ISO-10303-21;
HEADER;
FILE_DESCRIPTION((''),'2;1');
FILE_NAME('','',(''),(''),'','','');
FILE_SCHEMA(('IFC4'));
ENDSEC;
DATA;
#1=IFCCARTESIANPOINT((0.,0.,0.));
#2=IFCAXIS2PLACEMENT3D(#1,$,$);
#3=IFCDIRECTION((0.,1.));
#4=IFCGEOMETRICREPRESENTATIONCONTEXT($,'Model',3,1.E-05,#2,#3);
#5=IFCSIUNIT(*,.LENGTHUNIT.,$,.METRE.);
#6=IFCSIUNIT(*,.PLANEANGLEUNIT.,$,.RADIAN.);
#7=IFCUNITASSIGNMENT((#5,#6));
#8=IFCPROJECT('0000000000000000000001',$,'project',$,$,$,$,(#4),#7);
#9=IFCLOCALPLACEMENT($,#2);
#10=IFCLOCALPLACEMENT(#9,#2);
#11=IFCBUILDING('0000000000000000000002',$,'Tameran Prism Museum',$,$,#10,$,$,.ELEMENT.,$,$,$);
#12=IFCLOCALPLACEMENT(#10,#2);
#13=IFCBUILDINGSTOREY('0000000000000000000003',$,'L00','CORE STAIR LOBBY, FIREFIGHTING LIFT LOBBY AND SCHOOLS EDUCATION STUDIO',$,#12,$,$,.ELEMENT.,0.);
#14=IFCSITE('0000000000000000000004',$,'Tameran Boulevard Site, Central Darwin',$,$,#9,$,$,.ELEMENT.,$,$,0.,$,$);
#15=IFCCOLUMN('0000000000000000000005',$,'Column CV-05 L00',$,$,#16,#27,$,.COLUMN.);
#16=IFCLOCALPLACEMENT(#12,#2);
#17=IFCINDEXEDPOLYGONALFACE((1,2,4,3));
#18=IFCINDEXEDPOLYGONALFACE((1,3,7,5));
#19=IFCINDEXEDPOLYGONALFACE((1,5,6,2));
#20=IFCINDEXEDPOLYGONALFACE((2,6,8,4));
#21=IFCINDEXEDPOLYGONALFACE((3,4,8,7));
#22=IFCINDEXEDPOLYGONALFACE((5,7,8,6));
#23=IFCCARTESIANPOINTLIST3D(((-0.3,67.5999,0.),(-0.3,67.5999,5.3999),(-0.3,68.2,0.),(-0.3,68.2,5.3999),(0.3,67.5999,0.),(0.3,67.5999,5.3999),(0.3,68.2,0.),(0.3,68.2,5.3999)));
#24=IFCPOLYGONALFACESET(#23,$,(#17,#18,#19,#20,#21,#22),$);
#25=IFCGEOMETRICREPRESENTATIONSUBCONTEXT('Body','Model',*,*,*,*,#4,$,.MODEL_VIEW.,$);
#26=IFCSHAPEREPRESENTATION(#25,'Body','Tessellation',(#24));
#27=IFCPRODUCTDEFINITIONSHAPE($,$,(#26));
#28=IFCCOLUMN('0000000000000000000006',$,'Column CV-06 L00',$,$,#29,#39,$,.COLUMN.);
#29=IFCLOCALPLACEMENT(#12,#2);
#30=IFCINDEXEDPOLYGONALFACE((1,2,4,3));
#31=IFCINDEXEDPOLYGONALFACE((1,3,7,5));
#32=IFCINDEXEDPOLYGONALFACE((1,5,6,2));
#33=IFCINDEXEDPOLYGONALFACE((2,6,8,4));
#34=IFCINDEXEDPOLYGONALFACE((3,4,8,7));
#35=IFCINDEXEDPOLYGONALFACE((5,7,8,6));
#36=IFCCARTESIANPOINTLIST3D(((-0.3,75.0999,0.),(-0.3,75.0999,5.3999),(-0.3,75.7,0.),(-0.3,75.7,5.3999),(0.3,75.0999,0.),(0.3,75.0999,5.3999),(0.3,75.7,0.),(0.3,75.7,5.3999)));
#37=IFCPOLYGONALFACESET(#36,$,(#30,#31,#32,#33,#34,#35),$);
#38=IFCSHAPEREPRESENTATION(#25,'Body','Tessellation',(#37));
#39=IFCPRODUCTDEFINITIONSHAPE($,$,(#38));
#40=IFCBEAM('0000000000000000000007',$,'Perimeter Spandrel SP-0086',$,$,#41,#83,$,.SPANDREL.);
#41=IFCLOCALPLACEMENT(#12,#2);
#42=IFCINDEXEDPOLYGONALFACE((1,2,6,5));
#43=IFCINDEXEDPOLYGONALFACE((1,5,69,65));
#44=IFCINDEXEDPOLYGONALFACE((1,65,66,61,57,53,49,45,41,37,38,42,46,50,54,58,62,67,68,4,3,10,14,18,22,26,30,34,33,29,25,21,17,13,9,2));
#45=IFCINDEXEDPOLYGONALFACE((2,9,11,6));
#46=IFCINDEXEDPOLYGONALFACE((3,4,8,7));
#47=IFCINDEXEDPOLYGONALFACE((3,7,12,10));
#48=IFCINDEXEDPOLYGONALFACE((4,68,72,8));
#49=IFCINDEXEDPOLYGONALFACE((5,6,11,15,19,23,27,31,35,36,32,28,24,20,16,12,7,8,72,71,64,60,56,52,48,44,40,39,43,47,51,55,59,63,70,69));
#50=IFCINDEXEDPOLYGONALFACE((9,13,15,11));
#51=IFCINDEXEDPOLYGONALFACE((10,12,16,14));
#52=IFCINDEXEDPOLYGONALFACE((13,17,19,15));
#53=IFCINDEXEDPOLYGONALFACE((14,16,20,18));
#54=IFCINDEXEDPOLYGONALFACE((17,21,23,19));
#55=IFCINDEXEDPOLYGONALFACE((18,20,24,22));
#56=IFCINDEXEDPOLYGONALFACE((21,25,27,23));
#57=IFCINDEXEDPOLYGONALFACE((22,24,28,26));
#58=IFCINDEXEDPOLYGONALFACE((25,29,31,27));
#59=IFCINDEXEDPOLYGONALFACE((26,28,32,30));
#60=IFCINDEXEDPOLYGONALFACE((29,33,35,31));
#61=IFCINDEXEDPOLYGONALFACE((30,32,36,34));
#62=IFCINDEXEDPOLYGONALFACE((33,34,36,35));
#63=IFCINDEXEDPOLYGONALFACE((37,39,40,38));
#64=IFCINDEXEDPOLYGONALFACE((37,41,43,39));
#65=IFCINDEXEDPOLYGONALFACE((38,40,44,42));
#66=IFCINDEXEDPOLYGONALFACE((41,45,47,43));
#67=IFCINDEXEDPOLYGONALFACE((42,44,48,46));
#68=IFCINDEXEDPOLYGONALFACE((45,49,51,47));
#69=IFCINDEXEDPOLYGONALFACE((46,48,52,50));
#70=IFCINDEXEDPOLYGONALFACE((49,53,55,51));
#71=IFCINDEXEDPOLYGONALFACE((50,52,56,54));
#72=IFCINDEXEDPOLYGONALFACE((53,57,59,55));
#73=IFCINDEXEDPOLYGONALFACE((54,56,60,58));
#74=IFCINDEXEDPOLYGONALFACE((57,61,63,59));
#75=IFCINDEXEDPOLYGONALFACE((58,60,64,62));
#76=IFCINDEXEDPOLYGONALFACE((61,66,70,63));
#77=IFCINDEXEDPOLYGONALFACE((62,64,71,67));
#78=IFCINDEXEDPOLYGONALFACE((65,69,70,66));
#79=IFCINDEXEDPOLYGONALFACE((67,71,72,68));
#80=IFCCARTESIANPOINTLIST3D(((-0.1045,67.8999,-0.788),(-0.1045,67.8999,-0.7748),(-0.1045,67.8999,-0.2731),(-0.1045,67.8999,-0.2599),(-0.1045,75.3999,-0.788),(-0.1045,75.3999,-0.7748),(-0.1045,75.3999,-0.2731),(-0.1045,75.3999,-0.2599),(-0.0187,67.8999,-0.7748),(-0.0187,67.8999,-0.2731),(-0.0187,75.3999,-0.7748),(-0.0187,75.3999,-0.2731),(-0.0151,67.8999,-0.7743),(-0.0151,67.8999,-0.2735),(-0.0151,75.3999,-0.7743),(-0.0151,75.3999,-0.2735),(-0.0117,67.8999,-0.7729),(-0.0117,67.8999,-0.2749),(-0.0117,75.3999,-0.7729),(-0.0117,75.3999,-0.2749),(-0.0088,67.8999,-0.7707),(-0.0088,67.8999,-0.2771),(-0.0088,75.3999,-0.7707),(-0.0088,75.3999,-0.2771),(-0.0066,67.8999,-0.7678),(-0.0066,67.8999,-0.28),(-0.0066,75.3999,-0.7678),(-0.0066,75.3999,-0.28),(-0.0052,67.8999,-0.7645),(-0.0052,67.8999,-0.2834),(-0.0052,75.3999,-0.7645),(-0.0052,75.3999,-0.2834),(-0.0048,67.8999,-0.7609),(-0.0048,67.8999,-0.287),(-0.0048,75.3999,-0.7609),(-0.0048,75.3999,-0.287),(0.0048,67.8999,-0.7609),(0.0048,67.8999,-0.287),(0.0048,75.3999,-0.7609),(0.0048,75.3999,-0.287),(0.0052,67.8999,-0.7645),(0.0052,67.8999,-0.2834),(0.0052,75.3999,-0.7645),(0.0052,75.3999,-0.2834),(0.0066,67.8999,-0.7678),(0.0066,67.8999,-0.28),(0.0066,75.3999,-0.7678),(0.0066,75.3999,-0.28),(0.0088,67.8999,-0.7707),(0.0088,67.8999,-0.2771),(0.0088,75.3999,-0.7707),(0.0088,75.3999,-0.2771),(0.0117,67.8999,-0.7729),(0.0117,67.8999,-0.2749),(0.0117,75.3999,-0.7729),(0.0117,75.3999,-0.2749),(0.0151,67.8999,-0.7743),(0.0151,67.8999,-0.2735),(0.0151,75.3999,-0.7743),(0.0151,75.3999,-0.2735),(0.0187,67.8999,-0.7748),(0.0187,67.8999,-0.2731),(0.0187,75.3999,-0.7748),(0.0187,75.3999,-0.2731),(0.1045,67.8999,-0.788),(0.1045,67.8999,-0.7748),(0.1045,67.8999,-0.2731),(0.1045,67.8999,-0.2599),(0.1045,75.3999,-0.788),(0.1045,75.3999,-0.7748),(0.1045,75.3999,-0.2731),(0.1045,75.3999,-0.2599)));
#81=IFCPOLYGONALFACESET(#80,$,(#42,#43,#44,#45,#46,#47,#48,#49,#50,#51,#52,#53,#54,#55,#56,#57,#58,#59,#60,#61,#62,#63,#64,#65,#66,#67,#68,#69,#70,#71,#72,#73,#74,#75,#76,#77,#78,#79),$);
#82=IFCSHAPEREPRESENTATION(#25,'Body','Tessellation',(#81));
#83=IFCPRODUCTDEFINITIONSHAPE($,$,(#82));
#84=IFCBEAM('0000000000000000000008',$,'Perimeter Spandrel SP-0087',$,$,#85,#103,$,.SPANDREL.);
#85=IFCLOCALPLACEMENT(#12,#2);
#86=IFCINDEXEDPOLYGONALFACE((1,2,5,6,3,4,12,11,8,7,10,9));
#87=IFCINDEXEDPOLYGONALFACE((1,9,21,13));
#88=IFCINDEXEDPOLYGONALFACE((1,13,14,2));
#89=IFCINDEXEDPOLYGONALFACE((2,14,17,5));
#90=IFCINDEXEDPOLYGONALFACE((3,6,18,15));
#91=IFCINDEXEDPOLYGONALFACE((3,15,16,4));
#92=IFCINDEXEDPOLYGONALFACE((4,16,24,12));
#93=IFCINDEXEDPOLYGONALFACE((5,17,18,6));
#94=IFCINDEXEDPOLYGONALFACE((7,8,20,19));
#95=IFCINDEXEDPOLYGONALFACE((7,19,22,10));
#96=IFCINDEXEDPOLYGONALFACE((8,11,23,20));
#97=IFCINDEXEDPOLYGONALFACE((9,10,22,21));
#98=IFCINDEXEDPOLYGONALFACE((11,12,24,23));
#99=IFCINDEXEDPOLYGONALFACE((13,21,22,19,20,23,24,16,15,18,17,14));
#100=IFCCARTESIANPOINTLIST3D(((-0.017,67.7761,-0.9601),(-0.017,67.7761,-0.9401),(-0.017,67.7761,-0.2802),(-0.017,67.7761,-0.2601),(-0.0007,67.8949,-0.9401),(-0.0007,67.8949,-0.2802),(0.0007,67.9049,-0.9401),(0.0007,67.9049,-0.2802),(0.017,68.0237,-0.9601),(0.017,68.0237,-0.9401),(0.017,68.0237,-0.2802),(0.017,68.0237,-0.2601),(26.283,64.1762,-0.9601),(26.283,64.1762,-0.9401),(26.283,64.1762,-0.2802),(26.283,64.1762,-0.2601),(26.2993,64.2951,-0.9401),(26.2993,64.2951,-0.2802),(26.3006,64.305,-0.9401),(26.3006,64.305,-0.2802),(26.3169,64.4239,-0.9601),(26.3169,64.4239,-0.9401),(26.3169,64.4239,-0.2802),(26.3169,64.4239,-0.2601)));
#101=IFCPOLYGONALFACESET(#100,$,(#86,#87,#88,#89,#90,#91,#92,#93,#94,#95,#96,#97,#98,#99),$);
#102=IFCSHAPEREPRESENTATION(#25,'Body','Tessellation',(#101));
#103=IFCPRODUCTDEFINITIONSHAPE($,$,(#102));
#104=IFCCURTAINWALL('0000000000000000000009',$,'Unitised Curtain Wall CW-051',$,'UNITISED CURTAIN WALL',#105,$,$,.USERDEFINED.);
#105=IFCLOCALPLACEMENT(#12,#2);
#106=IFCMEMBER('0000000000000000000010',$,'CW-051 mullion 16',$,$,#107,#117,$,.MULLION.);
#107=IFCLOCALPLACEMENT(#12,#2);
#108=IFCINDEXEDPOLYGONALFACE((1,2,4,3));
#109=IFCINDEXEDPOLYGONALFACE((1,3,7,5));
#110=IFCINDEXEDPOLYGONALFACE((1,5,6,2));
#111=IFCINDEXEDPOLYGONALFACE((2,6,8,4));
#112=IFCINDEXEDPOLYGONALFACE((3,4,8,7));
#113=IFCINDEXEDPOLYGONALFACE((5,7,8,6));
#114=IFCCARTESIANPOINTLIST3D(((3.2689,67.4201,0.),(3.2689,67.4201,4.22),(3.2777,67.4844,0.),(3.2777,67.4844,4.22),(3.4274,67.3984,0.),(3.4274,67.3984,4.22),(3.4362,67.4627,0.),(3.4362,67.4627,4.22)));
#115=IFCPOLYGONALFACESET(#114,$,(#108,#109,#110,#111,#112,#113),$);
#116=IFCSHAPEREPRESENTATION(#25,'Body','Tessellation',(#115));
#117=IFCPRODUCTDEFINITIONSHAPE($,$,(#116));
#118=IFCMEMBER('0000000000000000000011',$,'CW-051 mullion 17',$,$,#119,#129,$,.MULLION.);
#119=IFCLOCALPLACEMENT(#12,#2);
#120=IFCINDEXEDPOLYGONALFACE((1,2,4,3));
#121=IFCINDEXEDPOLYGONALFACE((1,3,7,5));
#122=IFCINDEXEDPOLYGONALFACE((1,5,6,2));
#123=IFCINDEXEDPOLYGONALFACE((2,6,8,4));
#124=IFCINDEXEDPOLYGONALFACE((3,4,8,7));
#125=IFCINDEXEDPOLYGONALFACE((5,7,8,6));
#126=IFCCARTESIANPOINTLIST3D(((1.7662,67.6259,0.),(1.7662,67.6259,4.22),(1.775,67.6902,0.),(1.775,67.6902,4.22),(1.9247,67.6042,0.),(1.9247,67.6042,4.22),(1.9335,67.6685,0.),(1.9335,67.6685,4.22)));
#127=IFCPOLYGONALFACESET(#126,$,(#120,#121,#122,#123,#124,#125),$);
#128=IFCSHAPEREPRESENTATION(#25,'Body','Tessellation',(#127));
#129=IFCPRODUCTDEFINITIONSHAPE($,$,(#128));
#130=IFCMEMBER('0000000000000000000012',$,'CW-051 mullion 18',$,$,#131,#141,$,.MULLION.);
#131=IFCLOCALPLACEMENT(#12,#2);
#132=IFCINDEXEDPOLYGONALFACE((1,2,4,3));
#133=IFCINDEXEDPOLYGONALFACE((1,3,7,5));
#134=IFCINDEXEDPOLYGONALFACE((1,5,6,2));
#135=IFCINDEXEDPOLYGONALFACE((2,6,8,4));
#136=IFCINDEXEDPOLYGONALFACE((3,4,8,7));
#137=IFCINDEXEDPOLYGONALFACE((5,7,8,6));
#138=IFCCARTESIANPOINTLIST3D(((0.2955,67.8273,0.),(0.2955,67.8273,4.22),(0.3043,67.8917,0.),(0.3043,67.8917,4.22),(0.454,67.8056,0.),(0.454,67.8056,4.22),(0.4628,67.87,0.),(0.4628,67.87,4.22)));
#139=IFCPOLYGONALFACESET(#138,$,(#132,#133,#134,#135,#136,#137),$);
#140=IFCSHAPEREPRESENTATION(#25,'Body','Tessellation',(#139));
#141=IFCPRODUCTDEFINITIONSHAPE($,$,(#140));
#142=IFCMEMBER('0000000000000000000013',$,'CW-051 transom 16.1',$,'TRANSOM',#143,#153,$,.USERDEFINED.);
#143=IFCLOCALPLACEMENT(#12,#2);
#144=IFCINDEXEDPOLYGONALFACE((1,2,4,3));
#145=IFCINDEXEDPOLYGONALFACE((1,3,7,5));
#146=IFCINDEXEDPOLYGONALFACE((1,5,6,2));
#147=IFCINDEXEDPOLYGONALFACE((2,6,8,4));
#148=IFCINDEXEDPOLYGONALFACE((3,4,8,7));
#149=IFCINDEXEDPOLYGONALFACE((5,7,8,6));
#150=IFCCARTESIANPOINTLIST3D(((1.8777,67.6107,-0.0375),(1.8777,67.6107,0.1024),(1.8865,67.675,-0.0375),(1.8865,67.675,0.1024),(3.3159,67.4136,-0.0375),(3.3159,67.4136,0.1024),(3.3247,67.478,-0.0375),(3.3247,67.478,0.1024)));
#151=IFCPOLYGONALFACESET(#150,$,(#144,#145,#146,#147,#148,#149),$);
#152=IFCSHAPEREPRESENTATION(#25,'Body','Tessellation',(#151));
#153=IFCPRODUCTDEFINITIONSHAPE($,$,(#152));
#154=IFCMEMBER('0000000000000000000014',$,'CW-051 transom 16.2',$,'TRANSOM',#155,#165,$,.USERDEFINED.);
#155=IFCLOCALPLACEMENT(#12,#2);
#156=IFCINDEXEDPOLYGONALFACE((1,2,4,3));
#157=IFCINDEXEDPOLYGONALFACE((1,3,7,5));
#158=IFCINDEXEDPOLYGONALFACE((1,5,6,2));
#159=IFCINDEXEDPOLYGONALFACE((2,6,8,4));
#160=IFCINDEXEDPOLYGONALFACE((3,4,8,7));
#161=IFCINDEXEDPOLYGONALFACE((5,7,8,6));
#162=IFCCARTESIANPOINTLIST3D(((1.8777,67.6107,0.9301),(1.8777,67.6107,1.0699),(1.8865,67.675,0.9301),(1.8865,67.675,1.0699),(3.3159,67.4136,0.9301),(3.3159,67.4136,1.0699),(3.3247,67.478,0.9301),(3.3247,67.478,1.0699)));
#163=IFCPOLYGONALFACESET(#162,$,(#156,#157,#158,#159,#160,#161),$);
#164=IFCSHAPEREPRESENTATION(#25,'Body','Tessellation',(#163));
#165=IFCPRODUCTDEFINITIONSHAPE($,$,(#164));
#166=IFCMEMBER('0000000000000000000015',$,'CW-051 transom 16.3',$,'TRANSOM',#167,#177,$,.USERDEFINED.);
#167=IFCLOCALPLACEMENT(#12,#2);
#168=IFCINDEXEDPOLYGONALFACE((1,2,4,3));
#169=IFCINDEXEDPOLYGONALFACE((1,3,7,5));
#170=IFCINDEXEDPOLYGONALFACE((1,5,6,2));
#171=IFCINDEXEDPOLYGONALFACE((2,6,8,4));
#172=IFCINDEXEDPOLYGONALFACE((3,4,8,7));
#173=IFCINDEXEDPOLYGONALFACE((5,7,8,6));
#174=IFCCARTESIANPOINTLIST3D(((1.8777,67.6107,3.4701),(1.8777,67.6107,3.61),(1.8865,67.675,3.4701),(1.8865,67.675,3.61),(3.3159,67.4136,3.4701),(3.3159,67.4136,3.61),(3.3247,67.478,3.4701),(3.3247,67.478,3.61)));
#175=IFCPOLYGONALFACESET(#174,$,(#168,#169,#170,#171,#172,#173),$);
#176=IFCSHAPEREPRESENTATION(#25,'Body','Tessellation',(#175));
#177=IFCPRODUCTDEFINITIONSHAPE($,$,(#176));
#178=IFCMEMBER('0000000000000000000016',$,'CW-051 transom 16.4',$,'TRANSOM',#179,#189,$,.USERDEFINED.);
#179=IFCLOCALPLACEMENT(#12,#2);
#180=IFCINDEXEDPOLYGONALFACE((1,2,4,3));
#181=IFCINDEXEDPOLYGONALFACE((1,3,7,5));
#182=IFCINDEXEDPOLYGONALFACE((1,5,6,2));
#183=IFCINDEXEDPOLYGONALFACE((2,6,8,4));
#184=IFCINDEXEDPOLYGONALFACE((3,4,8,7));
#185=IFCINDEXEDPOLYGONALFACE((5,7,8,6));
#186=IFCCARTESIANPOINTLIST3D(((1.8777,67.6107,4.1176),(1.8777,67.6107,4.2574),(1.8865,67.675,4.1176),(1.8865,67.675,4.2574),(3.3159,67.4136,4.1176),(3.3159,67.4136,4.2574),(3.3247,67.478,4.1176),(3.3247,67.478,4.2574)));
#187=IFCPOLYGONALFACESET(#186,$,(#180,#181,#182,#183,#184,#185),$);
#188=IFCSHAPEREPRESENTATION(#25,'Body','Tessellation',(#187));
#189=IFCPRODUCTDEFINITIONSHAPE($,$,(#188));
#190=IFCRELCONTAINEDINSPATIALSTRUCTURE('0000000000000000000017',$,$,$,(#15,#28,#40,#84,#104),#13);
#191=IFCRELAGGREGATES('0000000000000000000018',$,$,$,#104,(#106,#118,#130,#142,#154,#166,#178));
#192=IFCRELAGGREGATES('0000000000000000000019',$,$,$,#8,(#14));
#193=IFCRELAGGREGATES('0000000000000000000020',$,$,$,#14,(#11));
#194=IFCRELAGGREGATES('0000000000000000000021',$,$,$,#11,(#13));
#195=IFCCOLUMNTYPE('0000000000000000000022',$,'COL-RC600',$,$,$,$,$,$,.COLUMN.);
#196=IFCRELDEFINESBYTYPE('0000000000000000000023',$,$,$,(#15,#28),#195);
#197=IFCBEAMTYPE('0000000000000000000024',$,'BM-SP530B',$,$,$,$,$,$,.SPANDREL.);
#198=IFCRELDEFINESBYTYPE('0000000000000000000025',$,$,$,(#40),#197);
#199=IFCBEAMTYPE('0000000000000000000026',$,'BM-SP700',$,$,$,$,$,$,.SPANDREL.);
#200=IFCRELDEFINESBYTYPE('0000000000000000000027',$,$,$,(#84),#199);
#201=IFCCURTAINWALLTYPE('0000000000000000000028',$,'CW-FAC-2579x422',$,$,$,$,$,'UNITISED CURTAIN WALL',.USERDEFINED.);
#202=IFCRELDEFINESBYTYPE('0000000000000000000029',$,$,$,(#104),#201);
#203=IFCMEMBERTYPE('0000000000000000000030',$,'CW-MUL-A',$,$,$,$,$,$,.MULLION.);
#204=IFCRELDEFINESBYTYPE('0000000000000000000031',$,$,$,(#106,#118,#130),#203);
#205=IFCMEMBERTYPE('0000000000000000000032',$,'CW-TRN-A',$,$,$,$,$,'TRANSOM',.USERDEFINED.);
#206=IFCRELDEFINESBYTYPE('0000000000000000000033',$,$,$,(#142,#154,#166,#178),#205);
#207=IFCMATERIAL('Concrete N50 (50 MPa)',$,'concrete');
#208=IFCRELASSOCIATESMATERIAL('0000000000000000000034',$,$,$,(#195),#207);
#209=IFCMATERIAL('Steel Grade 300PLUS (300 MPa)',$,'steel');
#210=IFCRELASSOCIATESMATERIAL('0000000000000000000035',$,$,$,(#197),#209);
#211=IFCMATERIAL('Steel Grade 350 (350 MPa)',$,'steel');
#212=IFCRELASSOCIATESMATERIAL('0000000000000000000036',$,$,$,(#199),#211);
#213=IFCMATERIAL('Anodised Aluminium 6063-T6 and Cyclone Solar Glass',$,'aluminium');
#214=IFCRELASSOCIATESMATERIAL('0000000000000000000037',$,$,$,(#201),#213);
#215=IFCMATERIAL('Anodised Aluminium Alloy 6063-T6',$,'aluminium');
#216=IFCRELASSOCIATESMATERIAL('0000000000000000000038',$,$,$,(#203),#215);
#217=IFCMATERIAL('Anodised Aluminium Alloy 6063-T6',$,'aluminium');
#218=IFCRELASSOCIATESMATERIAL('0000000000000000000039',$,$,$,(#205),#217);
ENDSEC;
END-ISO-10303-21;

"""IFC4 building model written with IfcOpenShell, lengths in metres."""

from ifc_helpers import new_model, si_unit, direction, frame, origin, origin_2d, place, context, subcontext, project, spatial, rectangle, i_section, extrude, material, material_profile, profile_set, type_object, element, aggregate, save


model = new_model("IFC4")

# Units and contexts
model_context = context("Model", 3, precision=1e-05, world=origin(), true_north=direction((0.0, 1.0)))
body_context = subcontext(model_context, "Body", "Model", "MODEL_VIEW")
ifc_project = project(units=[si_unit("LENGTHUNIT", "METRE"), si_unit("PLANEANGLEUNIT", "RADIAN")], contexts=[model_context])

# Site, building, storey
site_placement = place(None, origin())
site = spatial("IfcSite", under=ifc_project, at=site_placement, Name="Tameran Boulevard Site, Central Darwin", CompositionType="ELEMENT", RefElevation=0.0)
building_placement = place(site_placement, origin())
building = spatial("IfcBuilding", under=site, at=building_placement, Name="Tameran Prism Museum", CompositionType="ELEMENT")
storey_placement = place(building_placement, origin())
storey = spatial("IfcBuildingStorey", under=building, at=storey_placement, Name="L00", Description="CORE STAIR LOBBY, FIREFIGHTING LIFT LOBBY AND SCHOOLS EDUCATION STUDIO", CompositionType="ELEMENT", Elevation=0.0)

# Columns
ifc_material_1 = material(Name="Concrete N50 (50 MPa)", Category="concrete")
ifc_material_profile_1 = material_profile(ifc_material_1, rectangle(XDim=0.6001, YDim=0.6001, at=origin_2d()))
ifc_profile_set_1 = profile_set([ifc_material_profile_1])
column_type = type_object("IfcColumnType", Name="COL-RC600", PredefinedType="COLUMN", material=ifc_profile_set_1)
for number, where, z_axis, x_axis, name in (
    (1, (0.0, 67.8999, 0.0), (0.0, 0.0, 1.0), (1.0, 0.0, 0.0), "Column CV-05 L00"),
    (2, (0.0, 75.3999, 0.0), (0.0, 0.0, 1.0), (1.0, 0.0, 0.0), "Column CV-06 L00"),
):
    element("IfcColumn", number, at=place(storey_placement, frame(where, z_axis=z_axis, x_axis=x_axis)), inside=storey, type_object=column_type, Name=name, PredefinedType="COLUMN", context=body_context, shape_type="SweptSolid", body=[
        extrude(rectangle(XDim=0.6001, YDim=0.6001, at=origin_2d()), origin(), (0.0, 0.0, 1.0), 5.3999),
    ])

# Beams
ifc_material_2 = material(Name="Steel Grade 300PLUS (300 MPa)", Category="steel")
ifc_material_profile_2 = material_profile(ifc_material_2, i_section(OverallWidth=0.209, OverallDepth=0.5281, WebThickness=0.0095, FlangeThickness=0.0132, FilletRadius=0.0139, at=origin_2d()))
ifc_profile_set_2 = profile_set([ifc_material_profile_2])
beam_type_1 = type_object("IfcBeamType", Name="BM-SP530B", PredefinedType="SPANDREL", material=ifc_profile_set_2)
beam_1_placement = place(storey_placement, frame((0.0, 75.3999, -0.5239), z_axis=(0.0, -1.0, 0.0), x_axis=(1.0, 0.0, 0.0)))
element("IfcBeam", 3, at=beam_1_placement, inside=storey, type_object=beam_type_1, Name="Perimeter Spandrel SP-0086", PredefinedType="SPANDREL", context=body_context, shape_type="SweptSolid", body=[
    extrude(i_section(OverallWidth=0.209, OverallDepth=0.5281, WebThickness=0.0095, FlangeThickness=0.0132, FilletRadius=0.0139, at=origin_2d()), origin(), (0.0, 0.0, 1.0), 7.5),
])
ifc_material_3 = material(Name="Steel Grade 350 (350 MPa)", Category="steel")
ifc_material_profile_3 = material_profile(ifc_material_3, i_section(OverallWidth=0.25, OverallDepth=0.7, WebThickness=0.01, FlangeThickness=0.02, at=origin_2d()))
ifc_profile_set_3 = profile_set([ifc_material_profile_3])
beam_type_2 = type_object("IfcBeamType", Name="BM-SP700", PredefinedType="SPANDREL", material=ifc_profile_set_3)
beam_2_placement = place(storey_placement, frame((0.0, 67.8999, -0.6101), z_axis=(0.990762, -0.135612, 0.0), x_axis=(0.135612, 0.990762, 0.0)))
element("IfcBeam", 4, at=beam_2_placement, inside=storey, type_object=beam_type_2, Name="Perimeter Spandrel SP-0087", PredefinedType="SPANDREL", context=body_context, shape_type="SweptSolid", body=[
    extrude(i_section(OverallWidth=0.25, OverallDepth=0.7, WebThickness=0.01, FlangeThickness=0.02, at=origin_2d()), origin(), (0.0, 0.0, 1.0), 26.5452),
])

# Curtain wall, members
ifc_material_4 = material(Name="Anodised Aluminium 6063-T6 and Cyclone Solar Glass", Category="aluminium")
curtain_wall_type = type_object("IfcCurtainWallType", Name="CW-FAC-2579x422", ElementType="UNITISED CURTAIN WALL", PredefinedType="USERDEFINED", material=ifc_material_4)
curtain_wall_placement = place(storey_placement, origin())
curtain_wall = element("IfcCurtainWall", 5, at=curtain_wall_placement, inside=storey, type_object=curtain_wall_type, Name="Unitised Curtain Wall CW-051", ObjectType="UNITISED CURTAIN WALL", PredefinedType="USERDEFINED")
ifc_material_5 = material(Name="Anodised Aluminium Alloy 6063-T6", Category="aluminium")
ifc_material_profile_4 = material_profile(ifc_material_5, rectangle(XDim=0.0649, YDim=0.1599, at=origin_2d()))
ifc_profile_set_4 = profile_set([ifc_material_profile_4])
member_type_1 = type_object("IfcMemberType", Name="CW-MUL-A", PredefinedType="MULLION", material=ifc_profile_set_4)
member_1_placement = place(storey_placement, frame((3.3525, 67.4414, 0.0), z_axis=(0.0, 0.0, 1.0), x_axis=(-0.135658, -0.990756, 0.0)))
member_1 = element("IfcMember", 6, at=member_1_placement, type_object=member_type_1, Name="CW-051 mullion 16", PredefinedType="MULLION", context=body_context, shape_type="SweptSolid", body=[
    extrude(rectangle(XDim=0.0649, YDim=0.1599, at=origin_2d()), origin(), (0.0, 0.0, 1.0), 4.22),
])
member_2_placement = place(storey_placement, frame((1.8499, 67.6472, 0.0), z_axis=(0.0, 0.0, 1.0), x_axis=(-0.135658, -0.990756, 0.0)))
member_2 = element("IfcMember", 7, at=member_2_placement, type_object=member_type_1, Name="CW-051 mullion 17", PredefinedType="MULLION", context=body_context, shape_type="SweptSolid", body=[
    extrude(rectangle(XDim=0.0649, YDim=0.1599, at=origin_2d()), origin(), (0.0, 0.0, 1.0), 4.22),
])
member_3_placement = place(storey_placement, frame((0.3792, 67.8486, 0.0), z_axis=(0.0, 0.0, 1.0), x_axis=(-0.135658, -0.990756, 0.0)))
member_3 = element("IfcMember", 8, at=member_3_placement, type_object=member_type_1, Name="CW-051 mullion 18", PredefinedType="MULLION", context=body_context, shape_type="SweptSolid", body=[
    extrude(rectangle(XDim=0.0649, YDim=0.1599, at=origin_2d()), origin(), (0.0, 0.0, 1.0), 4.22),
])
ifc_material_6 = material(Name="Anodised Aluminium Alloy 6063-T6", Category="aluminium")
ifc_material_profile_5 = material_profile(ifc_material_6, rectangle(XDim=0.0649, YDim=0.1399, at=origin_2d()))
ifc_profile_set_5 = profile_set([ifc_material_profile_5])
member_type_2 = type_object("IfcMemberType", Name="CW-TRN-A", ElementType="TRANSOM", PredefinedType="USERDEFINED", material=ifc_profile_set_5)
member_4_placement = place(storey_placement, frame((3.3203, 67.4458, 0.0325), z_axis=(-0.990747, 0.135721, 0.0), x_axis=(-0.135721, -0.990747, 0.0)))
member_4 = element("IfcMember", 9, at=member_4_placement, type_object=member_type_2, Name="CW-051 transom 16.1", ObjectType="TRANSOM", PredefinedType="USERDEFINED", context=body_context, shape_type="SweptSolid", body=[
    extrude(rectangle(XDim=0.0649, YDim=0.1399, at=origin_2d()), origin(), (0.0, 0.0, 1.0), 1.4517),
])
member_5_placement = place(storey_placement, frame((3.3203, 67.4458, 1.0), z_axis=(-0.990747, 0.135721, 0.0), x_axis=(-0.135721, -0.990747, 0.0)))
member_5 = element("IfcMember", 10, at=member_5_placement, type_object=member_type_2, Name="CW-051 transom 16.2", ObjectType="TRANSOM", PredefinedType="USERDEFINED", context=body_context, shape_type="SweptSolid", body=[
    extrude(rectangle(XDim=0.0649, YDim=0.1399, at=origin_2d()), origin(), (0.0, 0.0, 1.0), 1.4517),
])
member_6_placement = place(storey_placement, frame((3.3203, 67.4458, 3.54), z_axis=(-0.990747, 0.135721, 0.0), x_axis=(-0.135721, -0.990747, 0.0)))
member_6 = element("IfcMember", 11, at=member_6_placement, type_object=member_type_2, Name="CW-051 transom 16.3", ObjectType="TRANSOM", PredefinedType="USERDEFINED", context=body_context, shape_type="SweptSolid", body=[
    extrude(rectangle(XDim=0.0649, YDim=0.1399, at=origin_2d()), origin(), (0.0, 0.0, 1.0), 1.4517),
])
member_7_placement = place(storey_placement, frame((3.3203, 67.4458, 4.1875), z_axis=(-0.990747, 0.135721, 0.0), x_axis=(-0.135721, -0.990747, 0.0)))
member_7 = element("IfcMember", 12, at=member_7_placement, type_object=member_type_2, Name="CW-051 transom 16.4", ObjectType="TRANSOM", PredefinedType="USERDEFINED", context=body_context, shape_type="SweptSolid", body=[
    extrude(rectangle(XDim=0.0649, YDim=0.1399, at=origin_2d()), origin(), (0.0, 0.0, 1.0), 1.4517),
])
aggregate(curtain_wall, [member_1, member_2, member_3, member_4, member_5, member_6, member_7])

save(model, "model.ifc")
